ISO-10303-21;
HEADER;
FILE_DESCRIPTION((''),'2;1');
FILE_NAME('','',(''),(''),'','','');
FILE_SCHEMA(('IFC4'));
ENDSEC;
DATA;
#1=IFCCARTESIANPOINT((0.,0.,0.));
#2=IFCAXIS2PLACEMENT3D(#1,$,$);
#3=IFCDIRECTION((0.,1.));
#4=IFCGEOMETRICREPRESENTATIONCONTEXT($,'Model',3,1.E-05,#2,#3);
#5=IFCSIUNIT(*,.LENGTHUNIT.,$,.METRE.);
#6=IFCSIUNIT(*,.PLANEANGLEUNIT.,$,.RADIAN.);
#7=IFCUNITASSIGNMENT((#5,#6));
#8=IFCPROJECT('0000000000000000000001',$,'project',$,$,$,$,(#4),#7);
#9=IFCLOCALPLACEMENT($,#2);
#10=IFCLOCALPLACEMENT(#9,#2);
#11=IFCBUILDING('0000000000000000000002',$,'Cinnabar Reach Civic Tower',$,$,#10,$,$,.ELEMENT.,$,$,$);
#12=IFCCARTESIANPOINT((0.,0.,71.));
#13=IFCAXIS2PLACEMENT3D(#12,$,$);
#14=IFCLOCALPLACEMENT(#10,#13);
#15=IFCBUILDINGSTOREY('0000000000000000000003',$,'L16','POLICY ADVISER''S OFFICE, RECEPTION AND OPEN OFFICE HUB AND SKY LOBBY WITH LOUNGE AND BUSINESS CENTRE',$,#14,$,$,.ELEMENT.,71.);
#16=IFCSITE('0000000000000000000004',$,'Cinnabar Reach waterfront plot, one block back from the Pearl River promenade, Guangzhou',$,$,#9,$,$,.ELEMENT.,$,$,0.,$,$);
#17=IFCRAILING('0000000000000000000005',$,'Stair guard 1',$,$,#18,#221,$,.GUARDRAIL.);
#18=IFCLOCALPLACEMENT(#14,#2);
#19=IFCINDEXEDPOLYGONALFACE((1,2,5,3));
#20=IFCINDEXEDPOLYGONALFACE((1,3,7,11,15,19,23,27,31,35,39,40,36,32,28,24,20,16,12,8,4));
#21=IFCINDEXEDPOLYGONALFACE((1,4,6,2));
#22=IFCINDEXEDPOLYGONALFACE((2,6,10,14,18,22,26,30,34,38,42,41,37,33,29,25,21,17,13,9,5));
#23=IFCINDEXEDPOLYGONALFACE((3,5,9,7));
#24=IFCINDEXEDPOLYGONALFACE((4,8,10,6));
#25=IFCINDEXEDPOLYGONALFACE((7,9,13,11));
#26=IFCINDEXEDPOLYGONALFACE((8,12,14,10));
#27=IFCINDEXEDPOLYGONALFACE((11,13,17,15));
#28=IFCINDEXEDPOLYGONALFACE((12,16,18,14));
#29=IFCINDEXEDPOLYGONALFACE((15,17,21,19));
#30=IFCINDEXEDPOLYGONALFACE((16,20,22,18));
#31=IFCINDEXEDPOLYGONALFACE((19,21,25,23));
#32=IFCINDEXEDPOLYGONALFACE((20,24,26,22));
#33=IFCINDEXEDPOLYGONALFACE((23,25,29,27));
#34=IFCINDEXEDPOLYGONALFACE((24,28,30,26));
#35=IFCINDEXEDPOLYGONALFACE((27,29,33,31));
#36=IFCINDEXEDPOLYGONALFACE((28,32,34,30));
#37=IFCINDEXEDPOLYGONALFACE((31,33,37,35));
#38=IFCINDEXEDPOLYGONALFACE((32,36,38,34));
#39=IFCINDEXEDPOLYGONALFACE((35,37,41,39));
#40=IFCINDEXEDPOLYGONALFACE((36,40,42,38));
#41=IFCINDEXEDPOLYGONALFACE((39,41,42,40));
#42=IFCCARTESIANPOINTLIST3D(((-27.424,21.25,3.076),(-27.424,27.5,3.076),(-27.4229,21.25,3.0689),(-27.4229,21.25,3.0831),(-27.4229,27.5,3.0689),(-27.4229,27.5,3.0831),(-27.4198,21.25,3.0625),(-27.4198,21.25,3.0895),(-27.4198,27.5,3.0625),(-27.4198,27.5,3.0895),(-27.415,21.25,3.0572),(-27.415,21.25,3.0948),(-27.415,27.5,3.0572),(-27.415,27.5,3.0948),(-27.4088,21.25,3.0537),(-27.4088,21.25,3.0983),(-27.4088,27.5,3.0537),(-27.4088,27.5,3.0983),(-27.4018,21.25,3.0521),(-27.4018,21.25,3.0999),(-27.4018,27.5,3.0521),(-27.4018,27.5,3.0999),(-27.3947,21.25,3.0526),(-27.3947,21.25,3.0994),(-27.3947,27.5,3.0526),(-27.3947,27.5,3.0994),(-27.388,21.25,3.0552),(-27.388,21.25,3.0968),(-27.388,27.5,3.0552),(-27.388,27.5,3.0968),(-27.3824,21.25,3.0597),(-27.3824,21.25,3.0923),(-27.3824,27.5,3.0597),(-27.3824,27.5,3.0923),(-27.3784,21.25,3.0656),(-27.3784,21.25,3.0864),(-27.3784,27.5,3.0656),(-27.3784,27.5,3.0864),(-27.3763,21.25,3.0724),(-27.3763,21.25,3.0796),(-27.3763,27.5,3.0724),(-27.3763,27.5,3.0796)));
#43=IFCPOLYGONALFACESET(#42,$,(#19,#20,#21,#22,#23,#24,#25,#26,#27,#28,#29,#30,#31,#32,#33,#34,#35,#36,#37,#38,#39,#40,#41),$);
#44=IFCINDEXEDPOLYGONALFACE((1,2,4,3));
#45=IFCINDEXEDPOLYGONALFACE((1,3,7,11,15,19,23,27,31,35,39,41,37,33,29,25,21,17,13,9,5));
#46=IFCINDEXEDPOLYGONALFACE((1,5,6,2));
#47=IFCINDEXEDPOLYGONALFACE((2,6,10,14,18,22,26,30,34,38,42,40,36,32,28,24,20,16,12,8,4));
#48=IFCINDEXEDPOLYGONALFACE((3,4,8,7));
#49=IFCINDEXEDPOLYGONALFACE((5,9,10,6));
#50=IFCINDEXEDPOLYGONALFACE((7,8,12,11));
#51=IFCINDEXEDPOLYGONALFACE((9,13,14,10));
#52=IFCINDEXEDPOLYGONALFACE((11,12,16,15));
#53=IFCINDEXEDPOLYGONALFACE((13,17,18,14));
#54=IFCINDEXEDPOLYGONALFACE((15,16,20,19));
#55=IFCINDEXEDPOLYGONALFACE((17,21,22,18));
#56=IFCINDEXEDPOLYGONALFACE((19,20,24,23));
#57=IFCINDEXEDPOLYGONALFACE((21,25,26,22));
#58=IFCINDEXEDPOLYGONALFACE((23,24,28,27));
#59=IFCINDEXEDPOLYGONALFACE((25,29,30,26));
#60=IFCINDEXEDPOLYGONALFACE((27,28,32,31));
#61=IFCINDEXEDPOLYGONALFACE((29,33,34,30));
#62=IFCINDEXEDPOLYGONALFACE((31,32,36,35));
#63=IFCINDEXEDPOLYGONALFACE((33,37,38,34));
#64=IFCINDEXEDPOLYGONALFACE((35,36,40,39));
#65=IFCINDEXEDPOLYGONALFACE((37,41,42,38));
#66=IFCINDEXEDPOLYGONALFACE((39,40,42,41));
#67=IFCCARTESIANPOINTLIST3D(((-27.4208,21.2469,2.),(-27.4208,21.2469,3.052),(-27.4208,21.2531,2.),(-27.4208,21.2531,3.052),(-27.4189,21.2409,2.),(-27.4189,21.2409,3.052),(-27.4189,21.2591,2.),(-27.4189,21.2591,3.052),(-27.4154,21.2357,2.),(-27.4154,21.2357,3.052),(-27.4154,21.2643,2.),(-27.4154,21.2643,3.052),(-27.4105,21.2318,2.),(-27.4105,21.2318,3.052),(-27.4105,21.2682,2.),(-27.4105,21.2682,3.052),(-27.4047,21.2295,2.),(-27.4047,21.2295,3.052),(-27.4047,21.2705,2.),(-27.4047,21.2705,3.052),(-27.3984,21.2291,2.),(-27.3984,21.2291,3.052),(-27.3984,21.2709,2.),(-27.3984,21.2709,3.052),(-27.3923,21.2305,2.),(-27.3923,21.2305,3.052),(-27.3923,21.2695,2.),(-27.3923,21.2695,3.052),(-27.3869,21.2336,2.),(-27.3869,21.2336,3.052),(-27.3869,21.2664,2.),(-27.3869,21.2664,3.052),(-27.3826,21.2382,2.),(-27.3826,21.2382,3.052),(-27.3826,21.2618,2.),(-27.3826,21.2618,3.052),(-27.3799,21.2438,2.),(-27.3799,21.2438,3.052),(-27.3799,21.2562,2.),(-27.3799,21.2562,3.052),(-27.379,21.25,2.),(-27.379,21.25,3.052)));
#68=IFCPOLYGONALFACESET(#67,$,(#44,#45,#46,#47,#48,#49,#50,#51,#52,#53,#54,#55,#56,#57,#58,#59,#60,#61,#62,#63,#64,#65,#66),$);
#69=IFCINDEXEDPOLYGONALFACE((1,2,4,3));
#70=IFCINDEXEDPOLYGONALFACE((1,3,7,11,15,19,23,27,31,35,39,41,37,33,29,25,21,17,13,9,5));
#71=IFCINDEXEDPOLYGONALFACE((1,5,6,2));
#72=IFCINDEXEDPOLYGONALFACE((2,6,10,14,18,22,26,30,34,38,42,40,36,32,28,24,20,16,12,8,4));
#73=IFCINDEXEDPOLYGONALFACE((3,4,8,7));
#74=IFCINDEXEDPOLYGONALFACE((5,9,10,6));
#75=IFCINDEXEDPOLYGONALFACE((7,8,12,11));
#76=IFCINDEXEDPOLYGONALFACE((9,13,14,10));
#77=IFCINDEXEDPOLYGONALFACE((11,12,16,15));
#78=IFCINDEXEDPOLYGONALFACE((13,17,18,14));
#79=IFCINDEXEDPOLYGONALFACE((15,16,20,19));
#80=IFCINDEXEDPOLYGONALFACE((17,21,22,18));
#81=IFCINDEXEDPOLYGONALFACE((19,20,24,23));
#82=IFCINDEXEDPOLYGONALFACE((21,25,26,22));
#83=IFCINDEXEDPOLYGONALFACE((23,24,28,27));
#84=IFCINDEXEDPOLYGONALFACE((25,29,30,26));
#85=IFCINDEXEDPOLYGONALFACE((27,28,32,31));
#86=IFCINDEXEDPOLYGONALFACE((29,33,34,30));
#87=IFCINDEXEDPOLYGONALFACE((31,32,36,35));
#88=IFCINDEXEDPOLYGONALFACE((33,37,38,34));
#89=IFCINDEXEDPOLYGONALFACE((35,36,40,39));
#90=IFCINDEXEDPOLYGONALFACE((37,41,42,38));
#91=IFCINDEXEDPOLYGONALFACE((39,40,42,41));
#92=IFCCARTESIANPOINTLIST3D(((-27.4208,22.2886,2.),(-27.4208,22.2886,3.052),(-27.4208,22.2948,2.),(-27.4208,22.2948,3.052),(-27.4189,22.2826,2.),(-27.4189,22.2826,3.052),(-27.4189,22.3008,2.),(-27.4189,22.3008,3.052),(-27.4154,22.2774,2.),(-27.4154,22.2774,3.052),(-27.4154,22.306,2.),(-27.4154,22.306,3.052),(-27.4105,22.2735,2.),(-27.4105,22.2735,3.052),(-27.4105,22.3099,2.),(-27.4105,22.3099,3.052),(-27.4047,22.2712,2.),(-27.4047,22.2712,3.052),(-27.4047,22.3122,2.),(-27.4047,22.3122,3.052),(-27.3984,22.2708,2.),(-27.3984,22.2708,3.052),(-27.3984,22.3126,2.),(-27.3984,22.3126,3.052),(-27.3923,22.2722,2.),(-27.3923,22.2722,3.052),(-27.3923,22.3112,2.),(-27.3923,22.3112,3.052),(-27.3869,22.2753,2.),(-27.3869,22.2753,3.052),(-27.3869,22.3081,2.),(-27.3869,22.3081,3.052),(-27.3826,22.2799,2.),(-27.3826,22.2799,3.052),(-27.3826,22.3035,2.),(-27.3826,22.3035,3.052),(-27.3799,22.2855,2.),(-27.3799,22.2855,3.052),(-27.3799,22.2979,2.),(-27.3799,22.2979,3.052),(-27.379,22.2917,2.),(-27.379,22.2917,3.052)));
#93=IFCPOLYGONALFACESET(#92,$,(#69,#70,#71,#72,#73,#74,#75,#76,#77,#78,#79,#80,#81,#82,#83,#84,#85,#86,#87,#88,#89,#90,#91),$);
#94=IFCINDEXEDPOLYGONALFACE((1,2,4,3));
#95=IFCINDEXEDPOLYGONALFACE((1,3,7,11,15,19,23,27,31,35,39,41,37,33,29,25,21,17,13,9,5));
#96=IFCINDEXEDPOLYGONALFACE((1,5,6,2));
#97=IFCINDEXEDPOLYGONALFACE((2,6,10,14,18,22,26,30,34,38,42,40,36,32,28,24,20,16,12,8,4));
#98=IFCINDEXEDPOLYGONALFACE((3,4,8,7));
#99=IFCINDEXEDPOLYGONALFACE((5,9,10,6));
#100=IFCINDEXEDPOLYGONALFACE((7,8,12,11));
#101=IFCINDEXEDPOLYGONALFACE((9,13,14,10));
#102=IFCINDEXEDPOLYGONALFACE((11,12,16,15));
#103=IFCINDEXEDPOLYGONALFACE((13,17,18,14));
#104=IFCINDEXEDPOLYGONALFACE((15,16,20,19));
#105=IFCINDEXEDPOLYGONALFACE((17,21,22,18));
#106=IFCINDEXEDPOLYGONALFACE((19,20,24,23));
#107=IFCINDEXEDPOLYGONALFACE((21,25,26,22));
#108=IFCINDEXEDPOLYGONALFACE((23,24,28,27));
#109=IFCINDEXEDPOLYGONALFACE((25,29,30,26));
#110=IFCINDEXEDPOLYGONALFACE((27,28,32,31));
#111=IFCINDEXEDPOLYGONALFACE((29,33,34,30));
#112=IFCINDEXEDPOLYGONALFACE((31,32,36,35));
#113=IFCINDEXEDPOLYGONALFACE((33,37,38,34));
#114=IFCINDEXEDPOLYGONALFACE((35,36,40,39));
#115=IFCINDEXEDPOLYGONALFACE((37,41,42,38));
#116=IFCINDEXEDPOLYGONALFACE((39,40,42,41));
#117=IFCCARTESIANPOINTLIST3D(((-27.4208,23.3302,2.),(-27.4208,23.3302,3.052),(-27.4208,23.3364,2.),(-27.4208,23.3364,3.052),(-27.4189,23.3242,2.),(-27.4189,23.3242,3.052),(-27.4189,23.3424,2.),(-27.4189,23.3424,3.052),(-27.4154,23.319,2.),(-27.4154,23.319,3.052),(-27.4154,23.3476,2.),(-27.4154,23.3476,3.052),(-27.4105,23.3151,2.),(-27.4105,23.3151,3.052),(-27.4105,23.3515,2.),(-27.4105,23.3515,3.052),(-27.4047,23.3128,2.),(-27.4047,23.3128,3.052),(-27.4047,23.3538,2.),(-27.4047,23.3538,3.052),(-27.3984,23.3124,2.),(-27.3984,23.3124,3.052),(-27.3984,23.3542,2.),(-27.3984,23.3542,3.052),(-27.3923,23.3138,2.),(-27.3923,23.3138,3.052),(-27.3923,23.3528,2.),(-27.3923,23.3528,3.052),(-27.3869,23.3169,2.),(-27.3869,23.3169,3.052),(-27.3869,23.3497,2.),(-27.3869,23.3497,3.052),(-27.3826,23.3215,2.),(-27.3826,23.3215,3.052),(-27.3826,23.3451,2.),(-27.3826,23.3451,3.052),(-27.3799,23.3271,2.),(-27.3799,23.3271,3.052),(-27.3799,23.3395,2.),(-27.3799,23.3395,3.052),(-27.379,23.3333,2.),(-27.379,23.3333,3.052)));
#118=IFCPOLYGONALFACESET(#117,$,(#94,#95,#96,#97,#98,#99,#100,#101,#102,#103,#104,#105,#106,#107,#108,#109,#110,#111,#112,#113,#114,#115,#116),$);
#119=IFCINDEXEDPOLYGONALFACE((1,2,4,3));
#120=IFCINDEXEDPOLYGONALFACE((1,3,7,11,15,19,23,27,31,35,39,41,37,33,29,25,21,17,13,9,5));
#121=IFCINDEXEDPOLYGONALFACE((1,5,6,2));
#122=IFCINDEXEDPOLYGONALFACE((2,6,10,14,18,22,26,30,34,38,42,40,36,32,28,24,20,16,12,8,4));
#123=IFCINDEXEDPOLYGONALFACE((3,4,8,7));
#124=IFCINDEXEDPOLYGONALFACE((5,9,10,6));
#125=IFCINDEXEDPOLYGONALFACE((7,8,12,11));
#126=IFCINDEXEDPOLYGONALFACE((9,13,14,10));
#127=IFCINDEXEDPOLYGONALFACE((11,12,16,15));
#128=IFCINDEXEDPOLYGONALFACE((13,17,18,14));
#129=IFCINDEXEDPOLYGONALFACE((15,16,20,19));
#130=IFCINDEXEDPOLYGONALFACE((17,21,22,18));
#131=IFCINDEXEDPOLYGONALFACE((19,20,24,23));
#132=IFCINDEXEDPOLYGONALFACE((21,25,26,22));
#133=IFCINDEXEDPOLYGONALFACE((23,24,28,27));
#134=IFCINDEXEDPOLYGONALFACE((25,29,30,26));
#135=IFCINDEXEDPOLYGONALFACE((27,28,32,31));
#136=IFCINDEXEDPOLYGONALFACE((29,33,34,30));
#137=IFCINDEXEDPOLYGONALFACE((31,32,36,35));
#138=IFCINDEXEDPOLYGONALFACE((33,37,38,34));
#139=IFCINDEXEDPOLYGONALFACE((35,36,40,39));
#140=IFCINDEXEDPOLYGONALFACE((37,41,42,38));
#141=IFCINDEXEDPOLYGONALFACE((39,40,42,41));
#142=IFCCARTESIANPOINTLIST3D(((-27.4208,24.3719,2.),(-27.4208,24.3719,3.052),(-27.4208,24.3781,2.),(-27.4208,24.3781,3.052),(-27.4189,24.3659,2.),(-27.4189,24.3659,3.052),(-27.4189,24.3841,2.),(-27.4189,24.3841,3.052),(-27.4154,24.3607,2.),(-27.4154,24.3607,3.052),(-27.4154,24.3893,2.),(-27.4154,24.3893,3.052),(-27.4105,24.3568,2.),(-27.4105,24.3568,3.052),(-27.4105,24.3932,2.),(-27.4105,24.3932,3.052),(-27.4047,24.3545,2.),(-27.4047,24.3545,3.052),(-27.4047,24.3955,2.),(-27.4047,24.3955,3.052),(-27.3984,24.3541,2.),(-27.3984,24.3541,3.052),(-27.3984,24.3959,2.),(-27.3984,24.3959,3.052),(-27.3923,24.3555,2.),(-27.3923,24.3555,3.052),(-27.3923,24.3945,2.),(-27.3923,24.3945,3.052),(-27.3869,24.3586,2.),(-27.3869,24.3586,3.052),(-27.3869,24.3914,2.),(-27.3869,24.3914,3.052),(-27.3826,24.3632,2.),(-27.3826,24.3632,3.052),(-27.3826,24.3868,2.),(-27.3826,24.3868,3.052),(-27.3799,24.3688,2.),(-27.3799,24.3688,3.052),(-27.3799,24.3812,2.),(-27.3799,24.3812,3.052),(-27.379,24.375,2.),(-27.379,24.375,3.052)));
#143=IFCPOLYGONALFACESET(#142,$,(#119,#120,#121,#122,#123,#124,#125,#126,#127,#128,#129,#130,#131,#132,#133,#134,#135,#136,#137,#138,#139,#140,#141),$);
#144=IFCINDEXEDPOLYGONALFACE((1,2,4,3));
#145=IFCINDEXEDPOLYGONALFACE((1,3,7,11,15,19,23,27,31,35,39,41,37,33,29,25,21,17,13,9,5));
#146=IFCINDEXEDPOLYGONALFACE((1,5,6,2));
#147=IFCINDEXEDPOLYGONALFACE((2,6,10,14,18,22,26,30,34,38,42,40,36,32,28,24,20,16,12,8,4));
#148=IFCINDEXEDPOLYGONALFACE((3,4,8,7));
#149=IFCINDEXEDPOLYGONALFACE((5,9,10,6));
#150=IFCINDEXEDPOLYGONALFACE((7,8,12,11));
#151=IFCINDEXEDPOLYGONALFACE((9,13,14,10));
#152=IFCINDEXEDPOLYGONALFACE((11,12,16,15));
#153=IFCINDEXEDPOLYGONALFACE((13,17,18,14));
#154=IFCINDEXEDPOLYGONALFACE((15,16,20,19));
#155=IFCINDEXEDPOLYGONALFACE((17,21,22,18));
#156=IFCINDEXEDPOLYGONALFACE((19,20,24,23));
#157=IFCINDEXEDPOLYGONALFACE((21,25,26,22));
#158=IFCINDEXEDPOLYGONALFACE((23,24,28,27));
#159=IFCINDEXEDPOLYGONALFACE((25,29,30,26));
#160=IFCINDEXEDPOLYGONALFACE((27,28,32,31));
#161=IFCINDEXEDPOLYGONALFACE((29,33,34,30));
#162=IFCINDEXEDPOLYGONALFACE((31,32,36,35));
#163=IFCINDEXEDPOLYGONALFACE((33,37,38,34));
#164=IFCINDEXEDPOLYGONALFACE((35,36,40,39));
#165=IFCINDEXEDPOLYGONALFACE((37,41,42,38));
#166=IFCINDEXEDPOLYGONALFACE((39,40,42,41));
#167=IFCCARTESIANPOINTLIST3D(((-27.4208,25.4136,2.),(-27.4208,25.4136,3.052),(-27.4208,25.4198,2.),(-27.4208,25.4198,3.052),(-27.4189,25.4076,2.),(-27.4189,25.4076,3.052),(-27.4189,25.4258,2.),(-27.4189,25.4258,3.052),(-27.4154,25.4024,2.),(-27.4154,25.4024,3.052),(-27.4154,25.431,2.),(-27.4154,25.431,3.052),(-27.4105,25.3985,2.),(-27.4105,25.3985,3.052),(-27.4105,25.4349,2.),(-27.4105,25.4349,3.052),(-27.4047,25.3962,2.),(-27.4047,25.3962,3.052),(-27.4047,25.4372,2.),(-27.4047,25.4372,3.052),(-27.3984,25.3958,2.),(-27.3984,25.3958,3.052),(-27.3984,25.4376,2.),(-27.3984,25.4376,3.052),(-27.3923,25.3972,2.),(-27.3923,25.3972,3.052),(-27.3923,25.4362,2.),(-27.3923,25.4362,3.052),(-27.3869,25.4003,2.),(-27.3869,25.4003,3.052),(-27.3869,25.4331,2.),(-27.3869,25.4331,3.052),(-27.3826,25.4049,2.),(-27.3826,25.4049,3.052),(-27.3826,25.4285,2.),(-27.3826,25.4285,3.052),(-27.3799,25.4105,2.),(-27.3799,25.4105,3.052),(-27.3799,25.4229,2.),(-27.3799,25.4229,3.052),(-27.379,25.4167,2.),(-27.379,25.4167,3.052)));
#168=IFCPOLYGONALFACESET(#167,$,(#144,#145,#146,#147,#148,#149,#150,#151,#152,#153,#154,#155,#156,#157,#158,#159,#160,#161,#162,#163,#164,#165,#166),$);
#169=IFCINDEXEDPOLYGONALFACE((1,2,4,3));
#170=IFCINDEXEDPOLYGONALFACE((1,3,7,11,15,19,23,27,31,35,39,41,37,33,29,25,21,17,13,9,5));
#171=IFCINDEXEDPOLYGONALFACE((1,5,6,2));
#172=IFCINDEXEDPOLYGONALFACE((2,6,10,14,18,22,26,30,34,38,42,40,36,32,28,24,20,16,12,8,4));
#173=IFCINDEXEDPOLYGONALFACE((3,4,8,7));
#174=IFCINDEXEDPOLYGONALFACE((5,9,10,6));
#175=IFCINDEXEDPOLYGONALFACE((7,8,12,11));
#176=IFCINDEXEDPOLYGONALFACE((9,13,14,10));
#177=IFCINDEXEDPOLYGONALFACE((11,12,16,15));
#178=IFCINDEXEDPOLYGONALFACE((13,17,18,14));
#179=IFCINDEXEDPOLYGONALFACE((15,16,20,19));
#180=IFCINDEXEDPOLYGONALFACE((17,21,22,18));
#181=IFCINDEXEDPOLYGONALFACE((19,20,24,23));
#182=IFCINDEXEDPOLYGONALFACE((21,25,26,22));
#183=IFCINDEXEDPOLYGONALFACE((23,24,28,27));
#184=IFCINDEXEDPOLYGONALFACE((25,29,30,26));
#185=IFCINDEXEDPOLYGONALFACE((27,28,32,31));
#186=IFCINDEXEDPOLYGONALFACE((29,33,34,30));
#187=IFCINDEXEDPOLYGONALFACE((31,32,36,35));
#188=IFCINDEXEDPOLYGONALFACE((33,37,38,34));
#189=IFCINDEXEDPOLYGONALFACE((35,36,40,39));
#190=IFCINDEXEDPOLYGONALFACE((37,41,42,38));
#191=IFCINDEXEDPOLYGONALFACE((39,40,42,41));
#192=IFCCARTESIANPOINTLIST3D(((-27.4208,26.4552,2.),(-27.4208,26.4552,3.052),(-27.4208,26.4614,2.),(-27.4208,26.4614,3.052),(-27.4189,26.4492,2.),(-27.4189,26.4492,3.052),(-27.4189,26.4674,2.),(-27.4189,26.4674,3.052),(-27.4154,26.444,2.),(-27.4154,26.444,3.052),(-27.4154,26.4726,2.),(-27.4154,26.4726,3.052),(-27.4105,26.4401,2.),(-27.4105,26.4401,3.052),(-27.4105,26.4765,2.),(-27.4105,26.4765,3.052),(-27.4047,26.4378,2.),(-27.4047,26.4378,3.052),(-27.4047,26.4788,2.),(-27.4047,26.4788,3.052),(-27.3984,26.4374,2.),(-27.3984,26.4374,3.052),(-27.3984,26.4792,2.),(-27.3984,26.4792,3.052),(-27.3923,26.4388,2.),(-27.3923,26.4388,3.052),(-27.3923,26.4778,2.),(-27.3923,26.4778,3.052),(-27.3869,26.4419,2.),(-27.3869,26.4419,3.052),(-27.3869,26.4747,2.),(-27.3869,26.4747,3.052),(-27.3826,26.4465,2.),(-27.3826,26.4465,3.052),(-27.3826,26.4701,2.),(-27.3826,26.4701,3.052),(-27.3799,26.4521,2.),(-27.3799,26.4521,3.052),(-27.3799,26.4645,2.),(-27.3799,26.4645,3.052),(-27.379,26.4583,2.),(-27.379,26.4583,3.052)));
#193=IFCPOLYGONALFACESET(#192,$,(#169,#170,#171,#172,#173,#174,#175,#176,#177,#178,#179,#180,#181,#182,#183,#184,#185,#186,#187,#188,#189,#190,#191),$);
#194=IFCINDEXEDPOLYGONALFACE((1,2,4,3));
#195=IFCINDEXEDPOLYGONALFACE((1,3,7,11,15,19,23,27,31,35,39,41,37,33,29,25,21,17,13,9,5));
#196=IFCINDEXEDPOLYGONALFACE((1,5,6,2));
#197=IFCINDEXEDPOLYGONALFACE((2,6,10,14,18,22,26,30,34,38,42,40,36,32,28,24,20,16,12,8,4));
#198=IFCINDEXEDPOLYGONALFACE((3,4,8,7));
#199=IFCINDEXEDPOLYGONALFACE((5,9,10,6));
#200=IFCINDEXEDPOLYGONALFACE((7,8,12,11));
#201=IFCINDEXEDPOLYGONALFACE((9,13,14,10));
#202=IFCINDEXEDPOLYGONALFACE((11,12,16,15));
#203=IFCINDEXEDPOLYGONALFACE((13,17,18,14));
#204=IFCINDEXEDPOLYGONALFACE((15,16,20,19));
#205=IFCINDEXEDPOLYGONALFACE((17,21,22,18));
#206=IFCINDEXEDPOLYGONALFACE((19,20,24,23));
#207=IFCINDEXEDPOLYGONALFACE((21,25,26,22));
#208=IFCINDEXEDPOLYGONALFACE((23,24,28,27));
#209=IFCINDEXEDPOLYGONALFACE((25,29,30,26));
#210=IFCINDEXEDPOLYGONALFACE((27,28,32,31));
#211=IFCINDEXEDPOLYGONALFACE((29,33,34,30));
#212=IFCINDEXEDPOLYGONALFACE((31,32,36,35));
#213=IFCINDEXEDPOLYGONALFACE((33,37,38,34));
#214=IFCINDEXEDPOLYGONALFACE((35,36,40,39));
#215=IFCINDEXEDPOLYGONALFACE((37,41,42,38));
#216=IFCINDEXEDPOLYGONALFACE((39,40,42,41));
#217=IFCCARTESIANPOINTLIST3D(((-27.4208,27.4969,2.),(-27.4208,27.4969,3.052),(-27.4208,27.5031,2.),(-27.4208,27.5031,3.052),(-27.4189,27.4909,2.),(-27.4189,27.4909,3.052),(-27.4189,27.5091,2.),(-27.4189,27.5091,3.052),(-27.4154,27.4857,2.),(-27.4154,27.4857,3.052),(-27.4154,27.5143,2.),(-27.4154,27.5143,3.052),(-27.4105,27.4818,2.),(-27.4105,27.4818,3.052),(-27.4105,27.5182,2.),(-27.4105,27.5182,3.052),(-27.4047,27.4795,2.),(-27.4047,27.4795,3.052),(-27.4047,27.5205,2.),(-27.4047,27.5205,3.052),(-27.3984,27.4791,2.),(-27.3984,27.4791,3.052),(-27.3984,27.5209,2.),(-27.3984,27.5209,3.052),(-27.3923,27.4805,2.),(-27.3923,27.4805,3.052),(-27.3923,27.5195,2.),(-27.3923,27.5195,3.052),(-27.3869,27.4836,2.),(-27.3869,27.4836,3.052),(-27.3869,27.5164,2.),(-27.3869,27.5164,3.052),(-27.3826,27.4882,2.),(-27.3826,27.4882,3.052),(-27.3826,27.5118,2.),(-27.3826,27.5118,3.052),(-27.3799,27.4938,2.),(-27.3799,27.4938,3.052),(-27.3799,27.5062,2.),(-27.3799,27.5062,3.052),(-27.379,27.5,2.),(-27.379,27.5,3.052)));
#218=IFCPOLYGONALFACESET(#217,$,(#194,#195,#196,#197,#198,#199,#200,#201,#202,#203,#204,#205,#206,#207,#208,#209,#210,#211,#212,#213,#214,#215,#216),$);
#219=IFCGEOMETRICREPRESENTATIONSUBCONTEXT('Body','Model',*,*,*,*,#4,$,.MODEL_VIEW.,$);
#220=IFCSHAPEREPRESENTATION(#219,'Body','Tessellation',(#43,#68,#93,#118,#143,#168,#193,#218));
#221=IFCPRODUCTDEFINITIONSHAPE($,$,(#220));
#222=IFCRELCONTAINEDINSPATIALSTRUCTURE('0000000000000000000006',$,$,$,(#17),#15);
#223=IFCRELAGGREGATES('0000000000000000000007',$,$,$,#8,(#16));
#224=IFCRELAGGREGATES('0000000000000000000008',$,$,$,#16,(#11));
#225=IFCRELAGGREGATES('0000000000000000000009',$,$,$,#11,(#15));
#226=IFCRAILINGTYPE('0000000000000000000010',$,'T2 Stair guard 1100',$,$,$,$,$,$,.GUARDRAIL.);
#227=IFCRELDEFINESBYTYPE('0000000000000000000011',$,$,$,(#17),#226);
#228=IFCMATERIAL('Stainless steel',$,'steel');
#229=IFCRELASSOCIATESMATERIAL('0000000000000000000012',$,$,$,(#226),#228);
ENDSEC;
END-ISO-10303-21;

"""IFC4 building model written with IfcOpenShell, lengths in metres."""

from ifc_helpers import new_model, si_unit, direction, frame, origin, origin_2d, place, context, subcontext, project, spatial, circle, extrude, material, type_object, element, save


model = new_model("IFC4")

# Units and contexts
model_context = context("Model", 3, precision=1e-05, world=origin(), true_north=direction((0.0, 1.0)))
body_context = subcontext(model_context, "Body", "Model", "MODEL_VIEW")
ifc_project = project(units=[si_unit("LENGTHUNIT", "METRE"), si_unit("PLANEANGLEUNIT", "RADIAN")], contexts=[model_context])

# Site, building, storey
site_placement = place(None, origin())
site = spatial("IfcSite", under=ifc_project, at=site_placement, Name="Cinnabar Reach waterfront plot, one block back from the Pearl River promenade, Guangzhou", CompositionType="ELEMENT", RefElevation=0.0)
building_placement = place(site_placement, origin())
building = spatial("IfcBuilding", under=site, at=building_placement, Name="Cinnabar Reach Civic Tower", CompositionType="ELEMENT")
storey_placement = place(building_placement, frame((0.0, 0.0, 71.0)))
storey = spatial("IfcBuildingStorey", under=building, at=storey_placement, Name="L16", Description="POLICY ADVISER'S OFFICE, RECEPTION AND OPEN OFFICE HUB AND SKY LOBBY WITH LOUNGE AND BUSINESS CENTRE", CompositionType="ELEMENT", Elevation=71.0)

# Railing
ifc_material_1 = material(Name="Stainless steel", Category="steel")
railing_type = type_object("IfcRailingType", Name="T2 Stair guard 1100", PredefinedType="GUARDRAIL", material=ifc_material_1)
for number, where, name in (
    (1, (-27.4, 21.25, 2.0), "Stair guard 1"),
):
    element("IfcRailing", number, at=place(storey_placement, frame(where)), inside=storey, type_object=railing_type, Name=name, PredefinedType="GUARDRAIL", context=body_context, shape_type="SweptSolid", body=[
        extrude(circle(Radius=0.024, at=origin_2d()), frame((0.0, 0.0, 1.076), z_axis=(0.0, 1.0, 0.0), x_axis=(-1.0, 0.0, 0.0)), (0.0, 0.0, 1.0), 6.25),
        extrude(circle(Radius=0.021, at=origin_2d()), origin(), (0.0, 0.0, 1.0), 1.052),
        extrude(circle(Radius=0.021, at=origin_2d()), frame((0.0, 1.0417, 0.0)), (0.0, 0.0, 1.0), 1.052),
        extrude(circle(Radius=0.021, at=origin_2d()), frame((0.0, 2.0833, 0.0)), (0.0, 0.0, 1.0), 1.052),
        extrude(circle(Radius=0.021, at=origin_2d()), frame((0.0, 3.125, 0.0)), (0.0, 0.0, 1.0), 1.052),
        extrude(circle(Radius=0.021, at=origin_2d()), frame((0.0, 4.1667, 0.0)), (0.0, 0.0, 1.0), 1.052),
        extrude(circle(Radius=0.021, at=origin_2d()), frame((0.0, 5.2083, 0.0)), (0.0, 0.0, 1.0), 1.052),
        extrude(circle(Radius=0.021, at=origin_2d()), frame((0.0, 6.25, 0.0)), (0.0, 0.0, 1.0), 1.052),
    ])

save(model, "model.ifc")
